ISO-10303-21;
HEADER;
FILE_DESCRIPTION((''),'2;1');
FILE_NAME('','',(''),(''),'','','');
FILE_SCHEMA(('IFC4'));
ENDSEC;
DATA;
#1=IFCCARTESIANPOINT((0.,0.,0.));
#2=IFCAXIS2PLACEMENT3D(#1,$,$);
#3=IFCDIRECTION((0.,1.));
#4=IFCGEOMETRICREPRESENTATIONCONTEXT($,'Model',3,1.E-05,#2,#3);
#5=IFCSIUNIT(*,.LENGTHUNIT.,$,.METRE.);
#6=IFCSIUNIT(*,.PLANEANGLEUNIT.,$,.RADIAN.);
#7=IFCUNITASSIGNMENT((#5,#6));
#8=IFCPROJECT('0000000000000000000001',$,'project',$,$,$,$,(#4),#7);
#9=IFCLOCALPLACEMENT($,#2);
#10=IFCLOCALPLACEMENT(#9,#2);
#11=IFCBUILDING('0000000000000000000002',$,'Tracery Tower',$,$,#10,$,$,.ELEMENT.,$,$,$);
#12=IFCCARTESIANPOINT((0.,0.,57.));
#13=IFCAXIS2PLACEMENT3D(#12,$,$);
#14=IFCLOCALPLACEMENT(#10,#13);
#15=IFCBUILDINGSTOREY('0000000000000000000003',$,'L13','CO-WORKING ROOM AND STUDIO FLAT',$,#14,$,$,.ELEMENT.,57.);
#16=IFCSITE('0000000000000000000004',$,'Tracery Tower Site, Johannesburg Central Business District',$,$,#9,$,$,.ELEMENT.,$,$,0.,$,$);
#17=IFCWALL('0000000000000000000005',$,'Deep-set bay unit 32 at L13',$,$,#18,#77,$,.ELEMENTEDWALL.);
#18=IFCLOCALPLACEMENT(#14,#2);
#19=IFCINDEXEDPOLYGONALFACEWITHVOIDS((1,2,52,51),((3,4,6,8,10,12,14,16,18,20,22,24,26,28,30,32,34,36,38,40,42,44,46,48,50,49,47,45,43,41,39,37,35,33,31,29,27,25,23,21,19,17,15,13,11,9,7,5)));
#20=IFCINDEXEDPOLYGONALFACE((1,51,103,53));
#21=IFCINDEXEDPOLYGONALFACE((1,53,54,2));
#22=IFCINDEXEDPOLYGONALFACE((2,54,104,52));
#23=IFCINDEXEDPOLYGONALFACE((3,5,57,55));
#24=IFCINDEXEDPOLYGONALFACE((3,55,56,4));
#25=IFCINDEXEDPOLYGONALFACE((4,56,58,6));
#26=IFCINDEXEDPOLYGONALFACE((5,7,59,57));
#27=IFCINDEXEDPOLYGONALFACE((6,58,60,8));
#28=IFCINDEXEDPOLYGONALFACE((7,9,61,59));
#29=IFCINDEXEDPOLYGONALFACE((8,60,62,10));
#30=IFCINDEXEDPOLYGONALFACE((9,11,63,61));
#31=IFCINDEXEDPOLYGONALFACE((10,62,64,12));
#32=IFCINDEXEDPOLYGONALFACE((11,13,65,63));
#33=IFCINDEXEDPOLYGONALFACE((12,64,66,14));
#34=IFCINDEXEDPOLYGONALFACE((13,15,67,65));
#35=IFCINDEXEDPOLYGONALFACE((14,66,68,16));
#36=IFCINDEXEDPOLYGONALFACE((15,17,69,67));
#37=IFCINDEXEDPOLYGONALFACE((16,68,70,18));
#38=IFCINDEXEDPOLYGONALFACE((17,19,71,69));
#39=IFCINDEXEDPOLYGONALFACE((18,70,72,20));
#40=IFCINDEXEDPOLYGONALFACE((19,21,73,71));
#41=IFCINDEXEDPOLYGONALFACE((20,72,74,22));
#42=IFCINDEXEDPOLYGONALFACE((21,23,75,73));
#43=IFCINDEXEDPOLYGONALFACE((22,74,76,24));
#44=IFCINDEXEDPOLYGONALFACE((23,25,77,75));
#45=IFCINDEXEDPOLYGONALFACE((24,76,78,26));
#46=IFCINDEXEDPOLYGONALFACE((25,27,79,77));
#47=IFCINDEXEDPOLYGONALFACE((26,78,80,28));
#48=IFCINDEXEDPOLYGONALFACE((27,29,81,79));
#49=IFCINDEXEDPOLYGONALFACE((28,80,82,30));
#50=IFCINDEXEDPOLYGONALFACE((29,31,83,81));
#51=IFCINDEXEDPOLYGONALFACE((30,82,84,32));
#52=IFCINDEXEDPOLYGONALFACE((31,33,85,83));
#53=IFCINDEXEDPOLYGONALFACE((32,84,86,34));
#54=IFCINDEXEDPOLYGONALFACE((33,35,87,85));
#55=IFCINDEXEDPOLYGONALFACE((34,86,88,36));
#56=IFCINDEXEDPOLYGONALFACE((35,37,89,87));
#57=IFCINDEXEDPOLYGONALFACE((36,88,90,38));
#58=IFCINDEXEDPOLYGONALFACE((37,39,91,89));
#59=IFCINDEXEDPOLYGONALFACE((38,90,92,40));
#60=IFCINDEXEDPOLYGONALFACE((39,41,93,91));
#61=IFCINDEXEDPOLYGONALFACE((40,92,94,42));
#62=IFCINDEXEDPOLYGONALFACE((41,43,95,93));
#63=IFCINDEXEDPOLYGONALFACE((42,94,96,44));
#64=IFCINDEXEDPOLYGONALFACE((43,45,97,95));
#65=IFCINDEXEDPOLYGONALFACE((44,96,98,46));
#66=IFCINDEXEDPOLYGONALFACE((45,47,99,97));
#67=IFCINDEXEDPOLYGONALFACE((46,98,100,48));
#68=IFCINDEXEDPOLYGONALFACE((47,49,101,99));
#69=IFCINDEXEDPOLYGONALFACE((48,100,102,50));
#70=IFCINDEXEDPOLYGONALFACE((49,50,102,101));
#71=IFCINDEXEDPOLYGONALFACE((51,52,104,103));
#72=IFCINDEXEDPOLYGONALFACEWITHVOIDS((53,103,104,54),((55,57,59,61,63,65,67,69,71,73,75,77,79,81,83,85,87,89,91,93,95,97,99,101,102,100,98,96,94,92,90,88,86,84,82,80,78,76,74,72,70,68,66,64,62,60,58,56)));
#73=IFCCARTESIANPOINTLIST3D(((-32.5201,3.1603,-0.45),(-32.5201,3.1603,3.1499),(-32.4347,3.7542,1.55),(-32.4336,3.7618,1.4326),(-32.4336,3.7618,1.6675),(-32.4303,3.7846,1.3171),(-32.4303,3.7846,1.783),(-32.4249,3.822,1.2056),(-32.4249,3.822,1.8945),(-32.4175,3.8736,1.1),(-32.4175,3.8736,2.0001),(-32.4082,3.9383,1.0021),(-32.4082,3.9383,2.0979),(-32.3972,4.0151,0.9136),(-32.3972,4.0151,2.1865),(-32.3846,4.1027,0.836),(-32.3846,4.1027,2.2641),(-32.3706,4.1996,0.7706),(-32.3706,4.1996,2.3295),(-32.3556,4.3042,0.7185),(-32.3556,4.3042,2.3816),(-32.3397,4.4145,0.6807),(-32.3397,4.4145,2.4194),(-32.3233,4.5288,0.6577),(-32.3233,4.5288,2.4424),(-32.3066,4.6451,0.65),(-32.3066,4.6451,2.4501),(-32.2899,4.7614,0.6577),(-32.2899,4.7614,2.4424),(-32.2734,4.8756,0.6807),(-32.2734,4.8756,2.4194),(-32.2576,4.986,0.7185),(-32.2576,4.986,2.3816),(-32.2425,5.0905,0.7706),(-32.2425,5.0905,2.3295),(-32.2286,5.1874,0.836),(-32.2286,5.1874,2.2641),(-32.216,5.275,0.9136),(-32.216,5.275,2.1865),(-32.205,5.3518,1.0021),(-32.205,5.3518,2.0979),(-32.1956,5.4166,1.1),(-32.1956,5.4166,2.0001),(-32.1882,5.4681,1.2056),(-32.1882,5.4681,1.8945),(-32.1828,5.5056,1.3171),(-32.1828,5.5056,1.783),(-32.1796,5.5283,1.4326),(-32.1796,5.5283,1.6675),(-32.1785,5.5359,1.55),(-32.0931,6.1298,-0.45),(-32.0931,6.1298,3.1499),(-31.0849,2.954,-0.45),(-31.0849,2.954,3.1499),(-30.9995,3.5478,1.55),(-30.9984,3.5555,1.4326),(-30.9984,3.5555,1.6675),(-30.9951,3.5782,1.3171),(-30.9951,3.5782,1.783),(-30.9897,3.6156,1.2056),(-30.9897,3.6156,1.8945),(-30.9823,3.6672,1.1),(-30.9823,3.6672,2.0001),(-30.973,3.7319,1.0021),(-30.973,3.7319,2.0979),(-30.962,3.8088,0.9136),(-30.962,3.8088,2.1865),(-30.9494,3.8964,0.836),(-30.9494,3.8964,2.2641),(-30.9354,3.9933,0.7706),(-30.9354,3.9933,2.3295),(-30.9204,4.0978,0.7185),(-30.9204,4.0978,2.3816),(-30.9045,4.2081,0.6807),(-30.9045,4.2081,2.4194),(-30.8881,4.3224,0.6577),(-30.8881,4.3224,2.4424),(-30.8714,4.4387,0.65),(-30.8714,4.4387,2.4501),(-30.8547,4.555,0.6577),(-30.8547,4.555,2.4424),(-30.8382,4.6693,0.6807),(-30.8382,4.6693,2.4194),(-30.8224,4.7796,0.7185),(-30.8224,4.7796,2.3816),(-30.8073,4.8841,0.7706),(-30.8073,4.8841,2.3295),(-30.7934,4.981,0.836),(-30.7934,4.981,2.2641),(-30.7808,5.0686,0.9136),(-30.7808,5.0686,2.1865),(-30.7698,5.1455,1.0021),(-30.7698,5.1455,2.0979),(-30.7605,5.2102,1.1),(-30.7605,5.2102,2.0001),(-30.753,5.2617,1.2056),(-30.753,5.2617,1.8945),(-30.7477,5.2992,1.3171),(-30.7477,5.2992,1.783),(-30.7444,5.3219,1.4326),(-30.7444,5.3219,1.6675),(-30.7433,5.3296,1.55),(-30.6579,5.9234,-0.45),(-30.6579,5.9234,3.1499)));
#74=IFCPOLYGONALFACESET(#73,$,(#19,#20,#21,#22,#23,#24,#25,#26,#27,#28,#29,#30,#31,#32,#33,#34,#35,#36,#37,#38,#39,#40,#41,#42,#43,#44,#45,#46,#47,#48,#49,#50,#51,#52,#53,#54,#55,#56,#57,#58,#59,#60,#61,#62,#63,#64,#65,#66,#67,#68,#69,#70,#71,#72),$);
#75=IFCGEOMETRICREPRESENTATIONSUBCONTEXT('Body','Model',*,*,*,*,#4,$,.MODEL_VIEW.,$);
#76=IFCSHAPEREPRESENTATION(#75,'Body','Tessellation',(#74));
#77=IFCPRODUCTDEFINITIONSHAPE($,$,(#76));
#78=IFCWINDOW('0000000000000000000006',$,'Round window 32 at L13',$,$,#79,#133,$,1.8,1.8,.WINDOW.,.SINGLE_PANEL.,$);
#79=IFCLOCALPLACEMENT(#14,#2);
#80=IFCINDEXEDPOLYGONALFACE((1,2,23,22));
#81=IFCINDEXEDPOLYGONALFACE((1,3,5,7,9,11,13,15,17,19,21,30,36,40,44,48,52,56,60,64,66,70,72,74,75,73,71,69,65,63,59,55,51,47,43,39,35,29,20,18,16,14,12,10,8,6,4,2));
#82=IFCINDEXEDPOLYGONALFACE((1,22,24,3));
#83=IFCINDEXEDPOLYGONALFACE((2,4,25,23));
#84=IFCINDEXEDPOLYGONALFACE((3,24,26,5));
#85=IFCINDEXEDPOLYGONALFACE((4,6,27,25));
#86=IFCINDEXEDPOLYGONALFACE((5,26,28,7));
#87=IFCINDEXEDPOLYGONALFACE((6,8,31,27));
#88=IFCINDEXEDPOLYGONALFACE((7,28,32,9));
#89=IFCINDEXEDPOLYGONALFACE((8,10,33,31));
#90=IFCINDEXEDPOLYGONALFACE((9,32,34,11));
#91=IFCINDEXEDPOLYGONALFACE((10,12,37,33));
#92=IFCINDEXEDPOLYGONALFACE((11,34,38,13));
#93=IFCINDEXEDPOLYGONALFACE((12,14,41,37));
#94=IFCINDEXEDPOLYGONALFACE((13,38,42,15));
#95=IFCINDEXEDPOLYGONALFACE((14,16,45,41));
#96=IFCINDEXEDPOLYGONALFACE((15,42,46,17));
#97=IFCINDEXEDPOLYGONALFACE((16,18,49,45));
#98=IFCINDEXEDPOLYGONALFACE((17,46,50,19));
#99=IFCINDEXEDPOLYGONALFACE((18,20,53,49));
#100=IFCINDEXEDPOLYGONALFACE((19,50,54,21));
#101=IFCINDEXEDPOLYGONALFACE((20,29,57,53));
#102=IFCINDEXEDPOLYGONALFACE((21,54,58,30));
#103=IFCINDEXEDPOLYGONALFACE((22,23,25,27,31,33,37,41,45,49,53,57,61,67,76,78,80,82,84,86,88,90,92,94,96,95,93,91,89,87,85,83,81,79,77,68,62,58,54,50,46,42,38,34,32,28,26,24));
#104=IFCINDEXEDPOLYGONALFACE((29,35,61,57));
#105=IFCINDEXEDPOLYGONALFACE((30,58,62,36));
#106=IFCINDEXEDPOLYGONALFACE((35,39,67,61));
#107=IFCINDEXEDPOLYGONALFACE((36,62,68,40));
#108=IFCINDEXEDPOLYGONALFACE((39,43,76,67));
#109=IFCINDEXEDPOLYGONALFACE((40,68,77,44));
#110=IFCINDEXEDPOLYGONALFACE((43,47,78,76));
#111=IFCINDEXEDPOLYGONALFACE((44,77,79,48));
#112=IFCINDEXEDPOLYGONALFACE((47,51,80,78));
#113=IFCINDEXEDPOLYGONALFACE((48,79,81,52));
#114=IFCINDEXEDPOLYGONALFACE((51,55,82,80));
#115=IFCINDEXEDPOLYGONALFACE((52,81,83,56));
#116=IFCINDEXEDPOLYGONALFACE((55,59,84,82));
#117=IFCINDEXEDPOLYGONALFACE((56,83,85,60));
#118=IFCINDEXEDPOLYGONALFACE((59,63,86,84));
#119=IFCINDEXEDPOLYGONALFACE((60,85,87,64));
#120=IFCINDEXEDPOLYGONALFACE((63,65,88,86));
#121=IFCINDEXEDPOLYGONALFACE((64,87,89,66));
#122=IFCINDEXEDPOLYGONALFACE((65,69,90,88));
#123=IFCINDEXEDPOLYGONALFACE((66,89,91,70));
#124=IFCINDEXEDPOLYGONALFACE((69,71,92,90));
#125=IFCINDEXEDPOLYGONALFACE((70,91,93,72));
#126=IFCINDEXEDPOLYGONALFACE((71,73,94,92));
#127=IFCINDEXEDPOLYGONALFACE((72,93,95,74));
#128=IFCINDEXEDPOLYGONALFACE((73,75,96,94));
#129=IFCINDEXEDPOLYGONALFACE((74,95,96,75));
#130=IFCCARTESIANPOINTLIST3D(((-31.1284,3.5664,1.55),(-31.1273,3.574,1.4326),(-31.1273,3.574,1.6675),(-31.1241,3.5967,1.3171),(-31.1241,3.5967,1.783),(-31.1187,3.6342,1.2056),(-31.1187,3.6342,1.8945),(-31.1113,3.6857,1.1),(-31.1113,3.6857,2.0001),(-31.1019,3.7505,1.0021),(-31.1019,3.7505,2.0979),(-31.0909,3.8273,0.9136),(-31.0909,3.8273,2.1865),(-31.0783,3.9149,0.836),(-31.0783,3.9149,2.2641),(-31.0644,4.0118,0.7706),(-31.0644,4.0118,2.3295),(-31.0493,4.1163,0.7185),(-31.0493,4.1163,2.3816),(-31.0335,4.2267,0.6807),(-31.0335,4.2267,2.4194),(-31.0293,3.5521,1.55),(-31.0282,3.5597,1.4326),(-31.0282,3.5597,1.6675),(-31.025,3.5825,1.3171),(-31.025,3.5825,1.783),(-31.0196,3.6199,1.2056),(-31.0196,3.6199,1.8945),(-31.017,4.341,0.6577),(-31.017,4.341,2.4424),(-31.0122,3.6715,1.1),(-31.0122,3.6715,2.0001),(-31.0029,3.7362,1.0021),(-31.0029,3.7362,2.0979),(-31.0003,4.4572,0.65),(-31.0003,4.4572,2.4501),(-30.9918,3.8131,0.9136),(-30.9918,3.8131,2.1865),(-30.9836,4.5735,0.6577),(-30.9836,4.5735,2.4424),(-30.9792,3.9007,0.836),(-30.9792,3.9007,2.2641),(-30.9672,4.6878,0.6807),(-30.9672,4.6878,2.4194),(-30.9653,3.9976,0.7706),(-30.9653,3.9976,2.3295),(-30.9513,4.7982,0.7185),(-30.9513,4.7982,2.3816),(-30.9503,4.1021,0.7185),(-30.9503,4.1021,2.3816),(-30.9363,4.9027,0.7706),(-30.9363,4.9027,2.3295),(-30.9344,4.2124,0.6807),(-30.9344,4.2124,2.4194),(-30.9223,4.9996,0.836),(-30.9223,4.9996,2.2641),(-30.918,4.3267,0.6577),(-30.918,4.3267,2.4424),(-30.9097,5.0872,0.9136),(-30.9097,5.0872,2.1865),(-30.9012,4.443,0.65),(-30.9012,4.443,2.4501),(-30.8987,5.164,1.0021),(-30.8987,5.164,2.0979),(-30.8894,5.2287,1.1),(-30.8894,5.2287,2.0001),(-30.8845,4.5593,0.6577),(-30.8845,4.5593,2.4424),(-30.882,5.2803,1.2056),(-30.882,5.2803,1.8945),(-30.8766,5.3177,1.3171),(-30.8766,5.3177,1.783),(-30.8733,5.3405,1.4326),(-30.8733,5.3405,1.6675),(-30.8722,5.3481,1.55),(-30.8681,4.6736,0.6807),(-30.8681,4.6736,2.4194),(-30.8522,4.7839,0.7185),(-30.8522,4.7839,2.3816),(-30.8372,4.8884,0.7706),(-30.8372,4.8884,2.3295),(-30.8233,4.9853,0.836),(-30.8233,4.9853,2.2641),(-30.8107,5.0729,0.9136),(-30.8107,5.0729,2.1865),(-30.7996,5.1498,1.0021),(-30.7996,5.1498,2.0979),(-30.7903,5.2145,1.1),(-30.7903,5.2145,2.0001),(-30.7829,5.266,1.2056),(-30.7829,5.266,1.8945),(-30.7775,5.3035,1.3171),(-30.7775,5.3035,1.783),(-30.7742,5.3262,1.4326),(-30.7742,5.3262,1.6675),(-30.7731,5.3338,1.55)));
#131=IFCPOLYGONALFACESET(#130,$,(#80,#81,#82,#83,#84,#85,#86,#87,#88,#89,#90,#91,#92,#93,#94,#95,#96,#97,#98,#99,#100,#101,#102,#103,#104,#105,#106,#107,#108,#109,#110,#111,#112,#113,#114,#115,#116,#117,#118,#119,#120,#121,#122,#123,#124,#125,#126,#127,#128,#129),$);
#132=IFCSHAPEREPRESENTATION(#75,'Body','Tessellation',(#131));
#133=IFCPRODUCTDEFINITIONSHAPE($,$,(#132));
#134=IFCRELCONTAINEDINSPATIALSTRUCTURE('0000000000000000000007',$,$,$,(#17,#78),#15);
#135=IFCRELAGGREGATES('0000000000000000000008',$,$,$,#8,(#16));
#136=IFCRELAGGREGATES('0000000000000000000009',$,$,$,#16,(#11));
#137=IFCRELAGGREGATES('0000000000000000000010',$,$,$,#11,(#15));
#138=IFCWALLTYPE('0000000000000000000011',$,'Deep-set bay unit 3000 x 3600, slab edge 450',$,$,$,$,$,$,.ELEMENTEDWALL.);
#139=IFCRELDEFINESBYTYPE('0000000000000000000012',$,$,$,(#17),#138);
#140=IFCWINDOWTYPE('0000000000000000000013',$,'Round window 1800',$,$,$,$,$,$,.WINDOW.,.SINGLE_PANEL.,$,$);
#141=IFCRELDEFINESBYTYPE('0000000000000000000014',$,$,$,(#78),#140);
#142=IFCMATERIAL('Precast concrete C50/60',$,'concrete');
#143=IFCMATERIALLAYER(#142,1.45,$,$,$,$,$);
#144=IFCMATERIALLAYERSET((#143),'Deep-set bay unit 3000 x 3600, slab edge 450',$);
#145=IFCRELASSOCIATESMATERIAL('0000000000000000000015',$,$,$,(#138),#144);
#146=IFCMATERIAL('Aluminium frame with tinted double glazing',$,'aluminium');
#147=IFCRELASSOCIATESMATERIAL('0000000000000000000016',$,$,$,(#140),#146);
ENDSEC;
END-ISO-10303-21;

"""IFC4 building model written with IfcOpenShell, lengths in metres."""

from ifc_helpers import new_model, si_unit, direction, frame, frame_2d, origin, origin_2d, place, context, subcontext, project, spatial, rectangle, circle, extrude, material, layer, layer_set, type_object, element, fill, save


model = new_model("IFC4")

# Units and contexts
model_context = context("Model", 3, precision=1e-05, world=origin(), true_north=direction((0.0, 1.0)))
body_context = subcontext(model_context, "Body", "Model", "MODEL_VIEW")
ifc_project = project(units=[si_unit("LENGTHUNIT", "METRE"), si_unit("PLANEANGLEUNIT", "RADIAN")], contexts=[model_context])

# Site, building, storey
site_placement = place(None, origin())
site = spatial("IfcSite", under=ifc_project, at=site_placement, Name="Tracery Tower Site, Johannesburg Central Business District", CompositionType="ELEMENT", RefElevation=0.0)
building_placement = place(site_placement, origin())
building = spatial("IfcBuilding", under=site, at=building_placement, Name="Tracery Tower", CompositionType="ELEMENT")
storey_placement = place(building_placement, frame((0.0, 0.0, 57.0)))
storey = spatial("IfcBuildingStorey", under=building, at=storey_placement, Name="L13", Description="CO-WORKING ROOM AND STUDIO FLAT", CompositionType="ELEMENT", Elevation=57.0)

# Wall, opening, window
ifc_material_1 = material(Name="Precast concrete C50/60", Category="concrete")
ifc_layer_1 = layer(ifc_material_1, 1.45)
ifc_layer_set_1 = layer_set([ifc_layer_1], Name="Deep-set bay unit 3000 x 3600, slab edge 450")
wall_type_1 = type_object("IfcWallType", Name="Deep-set bay unit 3000 x 3600, slab edge 450", PredefinedType="ELEMENTEDWALL", material=ifc_layer_set_1)
wall_1_placement = place(storey_placement, frame((-31.3755, 6.0266, -0.45), z_axis=(0.0, 0.0, 1.0), x_axis=(-0.142333, -0.989819, 0.0)))
wall_1 = element("IfcWall", 1, at=wall_1_placement, inside=storey, type_object=wall_type_1, Name="Deep-set bay unit 32 at L13", PredefinedType="ELEMENTEDWALL", context=body_context, shape_type="SweptSolid", body=[
    extrude(rectangle(XDim=3.0, YDim=1.45, at=frame_2d((1.5, 0.0))), origin(), (0.0, 0.0, 1.0), 3.5999),
])
opening_1_placement = place(wall_1_placement, frame((1.5, 0.0, 2.0)))
opening_1 = element("IfcOpeningElement", 2, at=opening_1_placement, cuts=wall_1, PredefinedType="OPENING", context=body_context, shape_type="SweptSolid", body=[
    extrude(circle(Radius=0.9, at=origin_2d()), frame((0.0, 0.7349, 0.0), z_axis=(0.0, -1.0, 0.0), x_axis=(1.0, 0.0, 0.0)), (0.0, 0.0, 1.0), 1.47),
])
ifc_material_2 = material(Name="Aluminium frame with tinted double glazing", Category="aluminium")
window_type = type_object("IfcWindowType", Name="Round window 1800", PartitioningType="SINGLE_PANEL", PredefinedType="WINDOW", material=ifc_material_2)
window_1_placement = place(opening_1_placement, origin())
window_1 = element("IfcWindow", 3, at=window_1_placement, inside=storey, type_object=window_type, Name="Round window 32 at L13", OverallHeight=1.8, OverallWidth=1.8, PartitioningType="SINGLE_PANEL", PredefinedType="WINDOW", context=body_context, shape_type="SweptSolid", body=[
    extrude(circle(Radius=0.9, at=origin_2d()), frame((0.0, 0.6948, 0.0), z_axis=(0.0, -1.0, 0.0), x_axis=(1.0, 0.0, 0.0)), (0.0, 0.0, 1.0), 0.1001),
])
fill(opening_1, window_1)

save(model, "model.ifc")
